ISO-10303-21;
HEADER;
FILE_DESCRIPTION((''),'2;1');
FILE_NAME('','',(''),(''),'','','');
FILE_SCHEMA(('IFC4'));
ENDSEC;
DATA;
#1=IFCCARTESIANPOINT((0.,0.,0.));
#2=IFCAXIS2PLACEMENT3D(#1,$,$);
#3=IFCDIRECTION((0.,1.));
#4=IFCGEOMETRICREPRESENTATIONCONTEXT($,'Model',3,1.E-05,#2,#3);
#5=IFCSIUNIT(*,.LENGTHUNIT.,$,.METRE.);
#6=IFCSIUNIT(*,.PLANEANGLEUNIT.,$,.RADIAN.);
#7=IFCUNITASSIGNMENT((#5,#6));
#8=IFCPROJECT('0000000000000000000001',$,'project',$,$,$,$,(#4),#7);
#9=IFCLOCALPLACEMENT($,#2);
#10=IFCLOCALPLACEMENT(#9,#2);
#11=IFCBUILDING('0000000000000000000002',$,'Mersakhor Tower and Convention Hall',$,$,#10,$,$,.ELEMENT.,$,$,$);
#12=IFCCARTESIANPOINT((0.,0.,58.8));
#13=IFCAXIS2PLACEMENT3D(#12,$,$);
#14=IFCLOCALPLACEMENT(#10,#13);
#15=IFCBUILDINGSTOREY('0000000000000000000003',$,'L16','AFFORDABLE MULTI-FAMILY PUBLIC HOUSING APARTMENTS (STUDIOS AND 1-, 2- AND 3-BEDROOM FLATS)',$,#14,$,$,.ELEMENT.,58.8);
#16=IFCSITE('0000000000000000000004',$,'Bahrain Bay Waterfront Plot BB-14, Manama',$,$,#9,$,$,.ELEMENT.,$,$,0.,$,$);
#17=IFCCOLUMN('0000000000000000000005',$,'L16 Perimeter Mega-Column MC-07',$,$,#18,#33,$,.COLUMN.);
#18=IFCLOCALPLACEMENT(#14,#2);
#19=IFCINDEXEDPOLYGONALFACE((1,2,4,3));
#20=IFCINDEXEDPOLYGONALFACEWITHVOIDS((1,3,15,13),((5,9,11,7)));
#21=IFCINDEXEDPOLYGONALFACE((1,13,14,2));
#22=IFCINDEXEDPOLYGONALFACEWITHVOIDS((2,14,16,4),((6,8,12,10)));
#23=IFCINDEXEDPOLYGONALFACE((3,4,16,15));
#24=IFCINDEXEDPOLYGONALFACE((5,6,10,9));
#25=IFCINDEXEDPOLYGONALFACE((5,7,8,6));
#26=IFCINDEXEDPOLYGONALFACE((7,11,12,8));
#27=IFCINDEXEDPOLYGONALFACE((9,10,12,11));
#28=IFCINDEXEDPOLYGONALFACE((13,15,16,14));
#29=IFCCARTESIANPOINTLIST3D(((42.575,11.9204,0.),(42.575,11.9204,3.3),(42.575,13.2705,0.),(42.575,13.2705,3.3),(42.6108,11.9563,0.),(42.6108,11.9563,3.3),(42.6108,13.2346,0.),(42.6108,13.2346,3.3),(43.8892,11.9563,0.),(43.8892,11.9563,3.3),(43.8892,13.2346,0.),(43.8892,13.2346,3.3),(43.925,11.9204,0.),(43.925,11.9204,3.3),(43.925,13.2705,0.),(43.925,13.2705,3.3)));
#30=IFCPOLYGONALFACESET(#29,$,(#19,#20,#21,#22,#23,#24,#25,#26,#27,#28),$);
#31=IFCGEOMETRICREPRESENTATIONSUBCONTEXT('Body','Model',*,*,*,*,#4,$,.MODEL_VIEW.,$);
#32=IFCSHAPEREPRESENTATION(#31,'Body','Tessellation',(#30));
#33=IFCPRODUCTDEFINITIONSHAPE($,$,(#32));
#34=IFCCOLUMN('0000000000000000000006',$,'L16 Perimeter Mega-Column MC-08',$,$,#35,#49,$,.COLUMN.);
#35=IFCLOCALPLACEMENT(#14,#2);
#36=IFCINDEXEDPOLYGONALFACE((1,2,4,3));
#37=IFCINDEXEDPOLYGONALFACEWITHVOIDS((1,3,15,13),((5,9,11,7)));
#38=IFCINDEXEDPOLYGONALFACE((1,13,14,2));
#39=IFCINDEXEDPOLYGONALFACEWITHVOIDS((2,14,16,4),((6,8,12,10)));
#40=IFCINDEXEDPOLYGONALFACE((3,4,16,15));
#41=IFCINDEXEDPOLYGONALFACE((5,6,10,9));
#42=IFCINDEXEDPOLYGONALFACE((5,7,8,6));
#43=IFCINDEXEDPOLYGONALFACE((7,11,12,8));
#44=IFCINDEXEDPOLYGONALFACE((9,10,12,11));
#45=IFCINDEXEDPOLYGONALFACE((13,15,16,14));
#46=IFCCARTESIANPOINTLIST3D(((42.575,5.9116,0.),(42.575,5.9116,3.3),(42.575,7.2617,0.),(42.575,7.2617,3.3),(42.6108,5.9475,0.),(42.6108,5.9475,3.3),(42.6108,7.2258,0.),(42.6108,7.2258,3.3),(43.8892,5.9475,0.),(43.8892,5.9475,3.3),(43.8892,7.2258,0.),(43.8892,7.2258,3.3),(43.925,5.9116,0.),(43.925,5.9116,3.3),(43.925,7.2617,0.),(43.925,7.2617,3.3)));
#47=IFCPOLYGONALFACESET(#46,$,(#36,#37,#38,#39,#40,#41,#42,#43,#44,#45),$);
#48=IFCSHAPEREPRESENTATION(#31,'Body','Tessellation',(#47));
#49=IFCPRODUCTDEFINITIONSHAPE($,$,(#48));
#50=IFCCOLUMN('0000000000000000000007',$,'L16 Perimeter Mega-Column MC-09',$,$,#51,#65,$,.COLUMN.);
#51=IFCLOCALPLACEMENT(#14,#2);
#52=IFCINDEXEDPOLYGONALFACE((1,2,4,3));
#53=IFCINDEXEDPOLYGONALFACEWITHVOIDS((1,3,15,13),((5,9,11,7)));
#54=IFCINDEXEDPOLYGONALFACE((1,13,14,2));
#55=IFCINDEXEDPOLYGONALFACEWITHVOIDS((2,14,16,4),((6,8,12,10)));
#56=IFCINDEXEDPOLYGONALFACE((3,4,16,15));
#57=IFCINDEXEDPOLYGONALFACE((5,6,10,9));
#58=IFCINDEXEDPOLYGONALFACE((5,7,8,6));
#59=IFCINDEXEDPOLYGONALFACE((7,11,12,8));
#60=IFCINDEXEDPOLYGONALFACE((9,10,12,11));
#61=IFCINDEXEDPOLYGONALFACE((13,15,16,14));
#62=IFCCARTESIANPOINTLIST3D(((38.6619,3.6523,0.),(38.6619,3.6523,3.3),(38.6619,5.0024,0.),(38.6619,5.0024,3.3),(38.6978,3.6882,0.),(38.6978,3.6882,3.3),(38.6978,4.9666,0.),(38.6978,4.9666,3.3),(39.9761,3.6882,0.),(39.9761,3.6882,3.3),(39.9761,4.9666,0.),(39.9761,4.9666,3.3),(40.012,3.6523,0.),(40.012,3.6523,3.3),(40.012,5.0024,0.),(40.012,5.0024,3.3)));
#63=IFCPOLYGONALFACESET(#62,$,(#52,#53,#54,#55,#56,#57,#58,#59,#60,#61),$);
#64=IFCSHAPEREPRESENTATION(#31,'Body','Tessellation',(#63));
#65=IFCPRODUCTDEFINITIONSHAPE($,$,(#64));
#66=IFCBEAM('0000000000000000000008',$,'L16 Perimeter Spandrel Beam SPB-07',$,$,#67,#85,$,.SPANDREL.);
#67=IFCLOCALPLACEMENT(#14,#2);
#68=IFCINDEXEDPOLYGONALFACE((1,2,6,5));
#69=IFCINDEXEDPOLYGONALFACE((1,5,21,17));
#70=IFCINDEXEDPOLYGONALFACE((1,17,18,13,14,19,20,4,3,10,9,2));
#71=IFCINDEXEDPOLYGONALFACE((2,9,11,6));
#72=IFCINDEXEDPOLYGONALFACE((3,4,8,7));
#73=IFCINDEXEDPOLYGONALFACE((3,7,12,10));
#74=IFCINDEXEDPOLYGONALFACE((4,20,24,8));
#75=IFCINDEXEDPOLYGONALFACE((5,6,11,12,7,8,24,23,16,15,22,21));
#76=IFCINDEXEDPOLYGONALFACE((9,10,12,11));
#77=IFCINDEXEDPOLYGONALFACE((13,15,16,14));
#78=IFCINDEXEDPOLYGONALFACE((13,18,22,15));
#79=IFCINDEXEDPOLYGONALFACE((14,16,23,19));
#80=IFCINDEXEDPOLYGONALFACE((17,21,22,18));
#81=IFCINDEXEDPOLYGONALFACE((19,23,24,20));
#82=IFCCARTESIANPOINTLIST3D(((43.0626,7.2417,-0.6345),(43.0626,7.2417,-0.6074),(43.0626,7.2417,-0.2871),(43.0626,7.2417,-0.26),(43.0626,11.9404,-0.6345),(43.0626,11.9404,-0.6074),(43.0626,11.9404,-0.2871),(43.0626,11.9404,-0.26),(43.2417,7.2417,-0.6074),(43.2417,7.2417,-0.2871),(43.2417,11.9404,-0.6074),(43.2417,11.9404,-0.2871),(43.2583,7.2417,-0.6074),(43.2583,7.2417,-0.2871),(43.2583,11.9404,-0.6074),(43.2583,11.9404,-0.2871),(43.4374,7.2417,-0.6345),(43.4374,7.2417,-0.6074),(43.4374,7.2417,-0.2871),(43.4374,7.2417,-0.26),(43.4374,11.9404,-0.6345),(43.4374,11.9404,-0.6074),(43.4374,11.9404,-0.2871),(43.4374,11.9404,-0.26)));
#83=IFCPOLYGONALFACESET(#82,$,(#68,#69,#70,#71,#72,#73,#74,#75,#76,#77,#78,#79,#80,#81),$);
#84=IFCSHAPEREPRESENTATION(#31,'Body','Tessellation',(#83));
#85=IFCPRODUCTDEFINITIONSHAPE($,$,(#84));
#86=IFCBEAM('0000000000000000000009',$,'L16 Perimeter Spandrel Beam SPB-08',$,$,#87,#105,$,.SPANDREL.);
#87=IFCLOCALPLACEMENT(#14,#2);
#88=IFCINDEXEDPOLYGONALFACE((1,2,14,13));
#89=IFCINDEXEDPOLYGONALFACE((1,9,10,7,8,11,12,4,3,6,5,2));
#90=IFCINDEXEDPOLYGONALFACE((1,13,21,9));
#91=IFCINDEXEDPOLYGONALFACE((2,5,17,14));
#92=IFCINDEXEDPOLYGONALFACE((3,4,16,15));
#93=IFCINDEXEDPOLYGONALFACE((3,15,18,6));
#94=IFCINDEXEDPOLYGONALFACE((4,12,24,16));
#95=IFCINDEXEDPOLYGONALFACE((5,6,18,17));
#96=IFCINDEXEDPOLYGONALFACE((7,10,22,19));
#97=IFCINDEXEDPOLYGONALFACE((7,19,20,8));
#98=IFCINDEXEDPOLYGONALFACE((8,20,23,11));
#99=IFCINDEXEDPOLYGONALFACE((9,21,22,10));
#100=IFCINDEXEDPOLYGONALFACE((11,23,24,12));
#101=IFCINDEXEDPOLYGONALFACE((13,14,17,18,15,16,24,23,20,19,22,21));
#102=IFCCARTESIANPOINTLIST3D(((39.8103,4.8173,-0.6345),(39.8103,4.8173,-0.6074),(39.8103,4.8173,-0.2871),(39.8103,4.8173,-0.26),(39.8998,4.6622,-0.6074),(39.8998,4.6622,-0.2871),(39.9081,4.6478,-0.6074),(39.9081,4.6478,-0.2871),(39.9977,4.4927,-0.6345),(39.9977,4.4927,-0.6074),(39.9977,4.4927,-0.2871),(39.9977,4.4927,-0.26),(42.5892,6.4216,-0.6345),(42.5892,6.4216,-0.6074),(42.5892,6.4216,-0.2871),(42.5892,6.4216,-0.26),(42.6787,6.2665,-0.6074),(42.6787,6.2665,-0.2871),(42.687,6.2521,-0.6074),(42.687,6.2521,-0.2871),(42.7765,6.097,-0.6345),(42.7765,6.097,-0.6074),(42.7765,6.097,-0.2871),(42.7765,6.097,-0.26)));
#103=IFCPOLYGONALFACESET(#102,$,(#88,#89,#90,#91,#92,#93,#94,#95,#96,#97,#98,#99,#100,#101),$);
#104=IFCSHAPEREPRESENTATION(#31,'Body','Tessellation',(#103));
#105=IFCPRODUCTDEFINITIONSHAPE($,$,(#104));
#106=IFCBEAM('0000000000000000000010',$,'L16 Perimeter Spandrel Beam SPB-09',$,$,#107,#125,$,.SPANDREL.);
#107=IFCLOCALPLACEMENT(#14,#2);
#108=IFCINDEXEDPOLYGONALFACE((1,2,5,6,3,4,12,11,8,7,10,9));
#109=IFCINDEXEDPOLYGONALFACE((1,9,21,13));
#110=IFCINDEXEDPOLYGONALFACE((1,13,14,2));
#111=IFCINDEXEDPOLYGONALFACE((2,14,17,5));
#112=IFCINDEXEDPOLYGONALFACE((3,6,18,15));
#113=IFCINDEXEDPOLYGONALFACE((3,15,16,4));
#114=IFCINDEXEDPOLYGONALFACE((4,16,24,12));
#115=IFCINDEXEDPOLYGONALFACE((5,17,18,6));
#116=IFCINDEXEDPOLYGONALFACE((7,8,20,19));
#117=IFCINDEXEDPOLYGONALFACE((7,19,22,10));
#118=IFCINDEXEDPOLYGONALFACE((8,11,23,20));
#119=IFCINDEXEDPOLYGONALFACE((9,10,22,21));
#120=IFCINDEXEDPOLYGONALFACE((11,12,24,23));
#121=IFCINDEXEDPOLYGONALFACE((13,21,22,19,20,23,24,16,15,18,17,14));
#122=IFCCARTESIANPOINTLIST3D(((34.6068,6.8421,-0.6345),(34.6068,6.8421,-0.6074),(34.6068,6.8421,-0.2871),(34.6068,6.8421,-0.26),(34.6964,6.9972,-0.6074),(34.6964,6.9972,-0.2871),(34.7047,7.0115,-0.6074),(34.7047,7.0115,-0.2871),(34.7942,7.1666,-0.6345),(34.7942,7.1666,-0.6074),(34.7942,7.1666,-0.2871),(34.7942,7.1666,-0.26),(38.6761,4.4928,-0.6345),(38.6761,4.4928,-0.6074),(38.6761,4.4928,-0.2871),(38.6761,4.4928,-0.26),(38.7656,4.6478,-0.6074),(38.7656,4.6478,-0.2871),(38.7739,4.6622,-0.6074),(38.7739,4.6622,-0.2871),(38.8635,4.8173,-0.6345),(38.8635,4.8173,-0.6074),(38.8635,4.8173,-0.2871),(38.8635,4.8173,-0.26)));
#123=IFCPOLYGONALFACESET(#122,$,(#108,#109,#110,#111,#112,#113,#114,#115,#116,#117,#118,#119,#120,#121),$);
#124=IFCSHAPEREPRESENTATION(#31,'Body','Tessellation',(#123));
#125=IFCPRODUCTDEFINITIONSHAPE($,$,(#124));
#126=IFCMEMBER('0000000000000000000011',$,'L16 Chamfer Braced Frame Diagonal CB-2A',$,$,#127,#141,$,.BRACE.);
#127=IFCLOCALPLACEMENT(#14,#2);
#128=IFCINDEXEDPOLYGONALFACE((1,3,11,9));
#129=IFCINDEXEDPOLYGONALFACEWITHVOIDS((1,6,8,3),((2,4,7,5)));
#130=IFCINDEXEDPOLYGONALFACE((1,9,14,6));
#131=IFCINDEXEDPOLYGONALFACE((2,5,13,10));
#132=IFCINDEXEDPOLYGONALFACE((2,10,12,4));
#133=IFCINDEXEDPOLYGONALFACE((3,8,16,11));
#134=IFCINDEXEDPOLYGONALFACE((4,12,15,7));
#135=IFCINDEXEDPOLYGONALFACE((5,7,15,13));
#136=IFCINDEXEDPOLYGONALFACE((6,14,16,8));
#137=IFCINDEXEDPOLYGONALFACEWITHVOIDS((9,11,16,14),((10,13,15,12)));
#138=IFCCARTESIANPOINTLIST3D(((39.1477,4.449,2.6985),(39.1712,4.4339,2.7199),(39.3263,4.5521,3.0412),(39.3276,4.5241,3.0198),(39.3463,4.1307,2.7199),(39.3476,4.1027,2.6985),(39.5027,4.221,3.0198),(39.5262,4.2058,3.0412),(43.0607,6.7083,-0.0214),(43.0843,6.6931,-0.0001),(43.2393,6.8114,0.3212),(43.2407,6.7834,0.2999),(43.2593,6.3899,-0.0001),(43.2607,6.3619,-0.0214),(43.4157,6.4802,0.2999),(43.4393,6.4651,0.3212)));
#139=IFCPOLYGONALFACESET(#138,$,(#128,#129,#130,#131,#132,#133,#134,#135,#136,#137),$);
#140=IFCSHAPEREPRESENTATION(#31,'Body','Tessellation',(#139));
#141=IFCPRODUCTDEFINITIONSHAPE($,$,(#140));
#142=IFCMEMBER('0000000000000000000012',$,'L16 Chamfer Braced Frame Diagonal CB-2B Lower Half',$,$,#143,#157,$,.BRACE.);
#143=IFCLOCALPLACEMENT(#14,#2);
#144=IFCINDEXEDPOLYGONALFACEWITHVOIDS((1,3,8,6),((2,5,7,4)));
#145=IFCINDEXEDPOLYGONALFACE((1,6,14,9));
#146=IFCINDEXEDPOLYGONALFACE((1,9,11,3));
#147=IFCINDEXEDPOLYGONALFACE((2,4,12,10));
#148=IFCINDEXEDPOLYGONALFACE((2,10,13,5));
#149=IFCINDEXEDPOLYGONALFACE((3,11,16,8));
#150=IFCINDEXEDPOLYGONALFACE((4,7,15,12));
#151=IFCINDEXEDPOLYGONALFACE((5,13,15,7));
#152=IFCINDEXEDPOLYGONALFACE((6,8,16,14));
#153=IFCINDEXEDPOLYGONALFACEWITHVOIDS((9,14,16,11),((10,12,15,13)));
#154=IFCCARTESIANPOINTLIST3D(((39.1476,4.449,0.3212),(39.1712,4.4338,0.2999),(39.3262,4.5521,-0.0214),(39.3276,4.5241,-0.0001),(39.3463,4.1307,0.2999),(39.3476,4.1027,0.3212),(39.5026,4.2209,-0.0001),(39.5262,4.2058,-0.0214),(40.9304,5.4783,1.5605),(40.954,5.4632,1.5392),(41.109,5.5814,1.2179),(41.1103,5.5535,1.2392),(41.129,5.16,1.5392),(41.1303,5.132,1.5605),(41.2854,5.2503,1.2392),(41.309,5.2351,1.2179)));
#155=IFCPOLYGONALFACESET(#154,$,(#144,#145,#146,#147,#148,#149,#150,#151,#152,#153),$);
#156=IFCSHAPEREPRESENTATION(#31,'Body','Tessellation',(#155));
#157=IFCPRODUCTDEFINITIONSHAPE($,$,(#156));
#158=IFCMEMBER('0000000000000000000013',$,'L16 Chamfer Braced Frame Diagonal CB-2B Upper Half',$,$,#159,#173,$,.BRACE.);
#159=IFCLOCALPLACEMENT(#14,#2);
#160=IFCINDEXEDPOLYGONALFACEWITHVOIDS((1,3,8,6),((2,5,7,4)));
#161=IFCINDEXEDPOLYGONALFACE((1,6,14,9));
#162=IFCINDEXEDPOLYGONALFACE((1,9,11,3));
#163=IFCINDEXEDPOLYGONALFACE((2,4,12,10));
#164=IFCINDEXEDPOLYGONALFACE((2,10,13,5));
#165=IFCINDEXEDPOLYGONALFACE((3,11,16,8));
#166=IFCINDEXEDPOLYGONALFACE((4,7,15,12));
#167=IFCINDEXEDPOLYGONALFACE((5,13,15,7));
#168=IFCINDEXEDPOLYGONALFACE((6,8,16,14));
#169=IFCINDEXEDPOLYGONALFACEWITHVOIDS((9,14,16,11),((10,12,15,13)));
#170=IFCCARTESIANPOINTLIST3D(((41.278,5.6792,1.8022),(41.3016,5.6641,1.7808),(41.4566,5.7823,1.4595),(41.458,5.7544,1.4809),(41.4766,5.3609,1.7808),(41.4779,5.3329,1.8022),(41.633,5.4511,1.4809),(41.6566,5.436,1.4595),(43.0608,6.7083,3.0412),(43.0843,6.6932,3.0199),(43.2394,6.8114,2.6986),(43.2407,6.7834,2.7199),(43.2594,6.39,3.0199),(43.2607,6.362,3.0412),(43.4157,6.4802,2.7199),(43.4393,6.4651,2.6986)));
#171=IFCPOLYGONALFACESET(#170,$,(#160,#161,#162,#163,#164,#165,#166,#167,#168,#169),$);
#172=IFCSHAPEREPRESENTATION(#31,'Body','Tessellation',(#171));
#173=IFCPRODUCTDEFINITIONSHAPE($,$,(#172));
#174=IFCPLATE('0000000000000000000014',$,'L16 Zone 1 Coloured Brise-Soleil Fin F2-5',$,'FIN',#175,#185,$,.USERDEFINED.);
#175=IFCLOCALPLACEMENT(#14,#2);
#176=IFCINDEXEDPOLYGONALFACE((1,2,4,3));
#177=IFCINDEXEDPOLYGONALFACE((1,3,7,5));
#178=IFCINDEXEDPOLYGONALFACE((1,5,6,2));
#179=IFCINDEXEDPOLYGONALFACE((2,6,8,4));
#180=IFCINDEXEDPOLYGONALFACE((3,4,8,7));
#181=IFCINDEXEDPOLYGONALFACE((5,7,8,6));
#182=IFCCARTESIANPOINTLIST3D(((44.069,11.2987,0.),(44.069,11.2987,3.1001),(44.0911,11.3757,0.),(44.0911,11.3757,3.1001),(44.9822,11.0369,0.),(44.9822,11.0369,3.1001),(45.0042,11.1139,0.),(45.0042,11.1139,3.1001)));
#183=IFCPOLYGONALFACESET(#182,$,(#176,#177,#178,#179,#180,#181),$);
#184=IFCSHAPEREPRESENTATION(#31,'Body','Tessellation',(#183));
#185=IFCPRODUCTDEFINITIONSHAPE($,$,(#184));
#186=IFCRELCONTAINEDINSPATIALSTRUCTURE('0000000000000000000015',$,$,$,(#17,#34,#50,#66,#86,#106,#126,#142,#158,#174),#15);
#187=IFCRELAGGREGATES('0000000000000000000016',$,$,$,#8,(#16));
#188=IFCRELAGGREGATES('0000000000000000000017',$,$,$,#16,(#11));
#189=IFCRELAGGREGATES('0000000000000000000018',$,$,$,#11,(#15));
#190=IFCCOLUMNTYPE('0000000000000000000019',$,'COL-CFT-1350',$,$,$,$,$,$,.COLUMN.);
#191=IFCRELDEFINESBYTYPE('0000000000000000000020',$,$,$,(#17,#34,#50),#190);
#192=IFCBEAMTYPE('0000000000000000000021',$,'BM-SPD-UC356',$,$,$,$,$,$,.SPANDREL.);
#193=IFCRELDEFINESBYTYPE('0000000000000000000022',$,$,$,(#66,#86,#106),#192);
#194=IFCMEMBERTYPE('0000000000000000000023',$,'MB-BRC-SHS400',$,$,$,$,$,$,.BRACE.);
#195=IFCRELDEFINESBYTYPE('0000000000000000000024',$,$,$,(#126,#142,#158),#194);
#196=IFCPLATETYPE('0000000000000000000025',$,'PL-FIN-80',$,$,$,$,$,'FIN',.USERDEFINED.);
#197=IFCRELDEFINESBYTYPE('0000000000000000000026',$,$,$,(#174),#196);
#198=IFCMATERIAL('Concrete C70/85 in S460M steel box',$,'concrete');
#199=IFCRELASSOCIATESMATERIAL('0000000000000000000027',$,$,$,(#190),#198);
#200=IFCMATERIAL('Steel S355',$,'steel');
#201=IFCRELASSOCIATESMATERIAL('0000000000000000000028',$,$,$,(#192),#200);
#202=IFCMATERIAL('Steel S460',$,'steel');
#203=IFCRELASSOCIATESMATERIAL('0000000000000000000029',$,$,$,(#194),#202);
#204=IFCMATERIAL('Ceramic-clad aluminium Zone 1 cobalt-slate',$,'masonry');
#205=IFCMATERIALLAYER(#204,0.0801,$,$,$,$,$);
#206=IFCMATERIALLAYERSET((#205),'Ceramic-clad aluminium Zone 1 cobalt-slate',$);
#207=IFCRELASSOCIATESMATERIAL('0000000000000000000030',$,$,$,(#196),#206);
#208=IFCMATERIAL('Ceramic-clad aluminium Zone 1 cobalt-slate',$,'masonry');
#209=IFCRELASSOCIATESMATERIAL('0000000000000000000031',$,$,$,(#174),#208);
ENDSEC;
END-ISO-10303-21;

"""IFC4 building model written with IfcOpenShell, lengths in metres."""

from ifc_helpers import new_model, si_unit, direction, frame, origin, origin_2d, place, context, subcontext, project, spatial, rectangle, hollow_rectangle, i_section, extrude, material, layer, layer_set, material_profile, profile_set, type_object, element, save


model = new_model("IFC4")

# Units and contexts
model_context = context("Model", 3, precision=1e-05, world=origin(), true_north=direction((0.0, 1.0)))
body_context = subcontext(model_context, "Body", "Model", "MODEL_VIEW")
ifc_project = project(units=[si_unit("LENGTHUNIT", "METRE"), si_unit("PLANEANGLEUNIT", "RADIAN")], contexts=[model_context])

# Site, building, storey
site_placement = place(None, origin())
site = spatial("IfcSite", under=ifc_project, at=site_placement, Name="Bahrain Bay Waterfront Plot BB-14, Manama", CompositionType="ELEMENT", RefElevation=0.0)
building_placement = place(site_placement, origin())
building = spatial("IfcBuilding", under=site, at=building_placement, Name="Mersakhor Tower and Convention Hall", CompositionType="ELEMENT")
storey_placement = place(building_placement, frame((0.0, 0.0, 58.8)))
storey = spatial("IfcBuildingStorey", under=building, at=storey_placement, Name="L16", Description="AFFORDABLE MULTI-FAMILY PUBLIC HOUSING APARTMENTS (STUDIOS AND 1-, 2- AND 3-BEDROOM FLATS)", CompositionType="ELEMENT", Elevation=58.8)

# Columns
ifc_material_1 = material(Name="Concrete C70/85 in S460M steel box", Category="concrete")
ifc_material_profile_1 = material_profile(ifc_material_1, hollow_rectangle(XDim=1.3501, YDim=1.3501, WallThickness=0.0359, at=origin_2d()), Name="SHS 1350x1350x36")
ifc_profile_set_1 = profile_set([ifc_material_profile_1], Name="Concrete C70/85 in S460M steel box")
column_type = type_object("IfcColumnType", Name="COL-CFT-1350", PredefinedType="COLUMN", material=ifc_profile_set_1)
for number, where, z_axis, x_axis, name in (
    (1, (43.25, 12.5955, 0.0), (0.0, 0.0, 1.0), (1.0, 0.0, 0.0), "L16 Perimeter Mega-Column MC-07"),
    (2, (43.25, 6.5867, 0.0), (0.0, 0.0, 1.0), (1.0, 0.0, 0.0), "L16 Perimeter Mega-Column MC-08"),
    (3, (39.3369, 4.3274, 0.0), (0.0, 0.0, 1.0), (1.0, 0.0, 0.0), "L16 Perimeter Mega-Column MC-09"),
):
    element("IfcColumn", number, at=place(storey_placement, frame(where, z_axis=z_axis, x_axis=x_axis)), inside=storey, type_object=column_type, Name=name, PredefinedType="COLUMN", context=body_context, shape_type="SweptSolid", body=[
        extrude(hollow_rectangle(XDim=1.3501, YDim=1.3501, WallThickness=0.0359, at=origin_2d()), origin(), (0.0, 0.0, 1.0), 3.3),
    ])

# Beams
ifc_material_2 = material(Name="Steel S355", Category="steel")
ifc_material_profile_2 = material_profile(ifc_material_2, i_section(OverallWidth=0.3748, OverallDepth=0.3745, WebThickness=0.0166, FlangeThickness=0.0271, at=origin_2d()), Name="UC 356x368x202")
ifc_profile_set_2 = profile_set([ifc_material_profile_2], Name="Steel S355")
beam_type = type_object("IfcBeamType", Name="BM-SPD-UC356", PredefinedType="SPANDREL", material=ifc_profile_set_2)
beam_1_placement = place(storey_placement, frame((43.25, 11.9404, -0.4473), z_axis=(0.0, -1.0, 0.0), x_axis=(1.0, 0.0, 0.0)))
element("IfcBeam", 4, at=beam_1_placement, inside=storey, type_object=beam_type, Name="L16 Perimeter Spandrel Beam SPB-07", PredefinedType="SPANDREL", context=body_context, shape_type="SweptSolid", body=[
    extrude(i_section(OverallWidth=0.3748, OverallDepth=0.3745, WebThickness=0.0166, FlangeThickness=0.0271, at=origin_2d()), origin(), (0.0, 0.0, 1.0), 4.6987),
])
beam_2_placement = place(storey_placement, frame((42.6829, 6.2593, -0.4473), z_axis=(-0.866039, -0.499977, 0.0), x_axis=(0.499977, -0.866039, 0.0)))
element("IfcBeam", 5, at=beam_2_placement, inside=storey, type_object=beam_type, Name="L16 Perimeter Spandrel Beam SPB-08", PredefinedType="SPANDREL", context=body_context, shape_type="SweptSolid", body=[
    extrude(i_section(OverallWidth=0.3748, OverallDepth=0.3745, WebThickness=0.0166, FlangeThickness=0.0271, at=origin_2d()), origin(), (0.0, 0.0, 1.0), 3.2087),
])
beam_3_placement = place(storey_placement, frame((38.7698, 4.655, -0.4473), z_axis=(-0.866032, 0.499989, 0.0), x_axis=(-0.499989, -0.866032, 0.0)))
element("IfcBeam", 6, at=beam_3_placement, inside=storey, type_object=beam_type, Name="L16 Perimeter Spandrel Beam SPB-09", PredefinedType="SPANDREL", context=body_context, shape_type="SweptSolid", body=[
    extrude(i_section(OverallWidth=0.3748, OverallDepth=0.3745, WebThickness=0.0166, FlangeThickness=0.0271, at=origin_2d()), origin(), (0.0, 0.0, 1.0), 4.6987),
])

# Members
ifc_material_3 = material(Name="Steel S460", Category="steel")
ifc_material_profile_3 = material_profile(ifc_material_3, hollow_rectangle(XDim=0.3999, YDim=0.3999, WallThickness=0.0249, at=origin_2d()), Name="SHS 400x400x25")
ifc_profile_set_3 = profile_set([ifc_material_profile_3], Name="Steel S460")
member_type = type_object("IfcMemberType", Name="MB-BRC-SHS400", PredefinedType="BRACE", material=ifc_profile_set_3)
member_1_placement = place(storey_placement, frame((43.25, 6.5867, 0.1499), z_axis=(-0.741961, -0.428382, 0.515734), x_axis=(0.500009, -0.86602, 0.0)))
element("IfcMember", 7, at=member_1_placement, inside=storey, type_object=member_type, Name="L16 Chamfer Braced Frame Diagonal CB-2A", PredefinedType="BRACE", context=body_context, shape_type="SweptSolid", body=[
    extrude(hollow_rectangle(XDim=0.3999, YDim=0.3999, WallThickness=0.0249, at=origin_2d()), origin(), (0.0, 0.0, 1.0), 5.2739),
])
member_2_placement = place(storey_placement, frame((39.3369, 4.3274, 0.1499), z_axis=(0.741943, 0.42838, 0.515763), x_axis=(-0.500017, 0.866016, 0.0)))
element("IfcMember", 8, at=member_2_placement, inside=storey, type_object=member_type, Name="L16 Chamfer Braced Frame Diagonal CB-2B Lower Half", PredefinedType="BRACE", context=body_context, shape_type="SweptSolid", body=[
    extrude(hollow_rectangle(XDim=0.3999, YDim=0.3999, WallThickness=0.0249, at=origin_2d()), origin(), (0.0, 0.0, 1.0), 2.4028),
])
member_3_placement = place(storey_placement, frame((41.4673, 5.5576, 1.6309), z_axis=(0.742014, 0.428319, 0.515711), x_axis=(-0.499928, 0.866067, 0.0)))
element("IfcMember", 9, at=member_3_placement, inside=storey, type_object=member_type, Name="L16 Chamfer Braced Frame Diagonal CB-2B Upper Half", PredefinedType="BRACE", context=body_context, shape_type="SweptSolid", body=[
    extrude(hollow_rectangle(XDim=0.3999, YDim=0.3999, WallThickness=0.0249, at=origin_2d()), origin(), (0.0, 0.0, 1.0), 2.4026),
])

# Plate
ifc_material_4 = material(Name="Ceramic-clad aluminium Zone 1 cobalt-slate", Category="masonry")
ifc_material_5 = material(Name="Ceramic-clad aluminium Zone 1 cobalt-slate", Category="masonry")
ifc_layer_1 = layer(ifc_material_5, 0.0801)
ifc_layer_set_1 = layer_set([ifc_layer_1], Name="Ceramic-clad aluminium Zone 1 cobalt-slate")
plate_type_1 = type_object("IfcPlateType", Name="PL-FIN-80", ElementType="FIN", PredefinedType="USERDEFINED", material=ifc_layer_set_1)
plate_1_placement = place(storey_placement, frame((44.5366, 11.2063, 0.0), z_axis=(0.0, 0.0, 1.0), x_axis=(0.961262, -0.275637, 0.0)))
element("IfcPlate", 10, at=plate_1_placement, inside=storey, type_object=plate_type_1, material=ifc_material_4, Name="L16 Zone 1 Coloured Brise-Soleil Fin F2-5", ObjectType="FIN", PredefinedType="USERDEFINED", context=body_context, shape_type="SweptSolid", body=[
    extrude(rectangle(XDim=0.95, YDim=0.0801, at=origin_2d()), origin(), (0.0, 0.0, 1.0), 3.1001),
])

save(model, "model.ifc")
